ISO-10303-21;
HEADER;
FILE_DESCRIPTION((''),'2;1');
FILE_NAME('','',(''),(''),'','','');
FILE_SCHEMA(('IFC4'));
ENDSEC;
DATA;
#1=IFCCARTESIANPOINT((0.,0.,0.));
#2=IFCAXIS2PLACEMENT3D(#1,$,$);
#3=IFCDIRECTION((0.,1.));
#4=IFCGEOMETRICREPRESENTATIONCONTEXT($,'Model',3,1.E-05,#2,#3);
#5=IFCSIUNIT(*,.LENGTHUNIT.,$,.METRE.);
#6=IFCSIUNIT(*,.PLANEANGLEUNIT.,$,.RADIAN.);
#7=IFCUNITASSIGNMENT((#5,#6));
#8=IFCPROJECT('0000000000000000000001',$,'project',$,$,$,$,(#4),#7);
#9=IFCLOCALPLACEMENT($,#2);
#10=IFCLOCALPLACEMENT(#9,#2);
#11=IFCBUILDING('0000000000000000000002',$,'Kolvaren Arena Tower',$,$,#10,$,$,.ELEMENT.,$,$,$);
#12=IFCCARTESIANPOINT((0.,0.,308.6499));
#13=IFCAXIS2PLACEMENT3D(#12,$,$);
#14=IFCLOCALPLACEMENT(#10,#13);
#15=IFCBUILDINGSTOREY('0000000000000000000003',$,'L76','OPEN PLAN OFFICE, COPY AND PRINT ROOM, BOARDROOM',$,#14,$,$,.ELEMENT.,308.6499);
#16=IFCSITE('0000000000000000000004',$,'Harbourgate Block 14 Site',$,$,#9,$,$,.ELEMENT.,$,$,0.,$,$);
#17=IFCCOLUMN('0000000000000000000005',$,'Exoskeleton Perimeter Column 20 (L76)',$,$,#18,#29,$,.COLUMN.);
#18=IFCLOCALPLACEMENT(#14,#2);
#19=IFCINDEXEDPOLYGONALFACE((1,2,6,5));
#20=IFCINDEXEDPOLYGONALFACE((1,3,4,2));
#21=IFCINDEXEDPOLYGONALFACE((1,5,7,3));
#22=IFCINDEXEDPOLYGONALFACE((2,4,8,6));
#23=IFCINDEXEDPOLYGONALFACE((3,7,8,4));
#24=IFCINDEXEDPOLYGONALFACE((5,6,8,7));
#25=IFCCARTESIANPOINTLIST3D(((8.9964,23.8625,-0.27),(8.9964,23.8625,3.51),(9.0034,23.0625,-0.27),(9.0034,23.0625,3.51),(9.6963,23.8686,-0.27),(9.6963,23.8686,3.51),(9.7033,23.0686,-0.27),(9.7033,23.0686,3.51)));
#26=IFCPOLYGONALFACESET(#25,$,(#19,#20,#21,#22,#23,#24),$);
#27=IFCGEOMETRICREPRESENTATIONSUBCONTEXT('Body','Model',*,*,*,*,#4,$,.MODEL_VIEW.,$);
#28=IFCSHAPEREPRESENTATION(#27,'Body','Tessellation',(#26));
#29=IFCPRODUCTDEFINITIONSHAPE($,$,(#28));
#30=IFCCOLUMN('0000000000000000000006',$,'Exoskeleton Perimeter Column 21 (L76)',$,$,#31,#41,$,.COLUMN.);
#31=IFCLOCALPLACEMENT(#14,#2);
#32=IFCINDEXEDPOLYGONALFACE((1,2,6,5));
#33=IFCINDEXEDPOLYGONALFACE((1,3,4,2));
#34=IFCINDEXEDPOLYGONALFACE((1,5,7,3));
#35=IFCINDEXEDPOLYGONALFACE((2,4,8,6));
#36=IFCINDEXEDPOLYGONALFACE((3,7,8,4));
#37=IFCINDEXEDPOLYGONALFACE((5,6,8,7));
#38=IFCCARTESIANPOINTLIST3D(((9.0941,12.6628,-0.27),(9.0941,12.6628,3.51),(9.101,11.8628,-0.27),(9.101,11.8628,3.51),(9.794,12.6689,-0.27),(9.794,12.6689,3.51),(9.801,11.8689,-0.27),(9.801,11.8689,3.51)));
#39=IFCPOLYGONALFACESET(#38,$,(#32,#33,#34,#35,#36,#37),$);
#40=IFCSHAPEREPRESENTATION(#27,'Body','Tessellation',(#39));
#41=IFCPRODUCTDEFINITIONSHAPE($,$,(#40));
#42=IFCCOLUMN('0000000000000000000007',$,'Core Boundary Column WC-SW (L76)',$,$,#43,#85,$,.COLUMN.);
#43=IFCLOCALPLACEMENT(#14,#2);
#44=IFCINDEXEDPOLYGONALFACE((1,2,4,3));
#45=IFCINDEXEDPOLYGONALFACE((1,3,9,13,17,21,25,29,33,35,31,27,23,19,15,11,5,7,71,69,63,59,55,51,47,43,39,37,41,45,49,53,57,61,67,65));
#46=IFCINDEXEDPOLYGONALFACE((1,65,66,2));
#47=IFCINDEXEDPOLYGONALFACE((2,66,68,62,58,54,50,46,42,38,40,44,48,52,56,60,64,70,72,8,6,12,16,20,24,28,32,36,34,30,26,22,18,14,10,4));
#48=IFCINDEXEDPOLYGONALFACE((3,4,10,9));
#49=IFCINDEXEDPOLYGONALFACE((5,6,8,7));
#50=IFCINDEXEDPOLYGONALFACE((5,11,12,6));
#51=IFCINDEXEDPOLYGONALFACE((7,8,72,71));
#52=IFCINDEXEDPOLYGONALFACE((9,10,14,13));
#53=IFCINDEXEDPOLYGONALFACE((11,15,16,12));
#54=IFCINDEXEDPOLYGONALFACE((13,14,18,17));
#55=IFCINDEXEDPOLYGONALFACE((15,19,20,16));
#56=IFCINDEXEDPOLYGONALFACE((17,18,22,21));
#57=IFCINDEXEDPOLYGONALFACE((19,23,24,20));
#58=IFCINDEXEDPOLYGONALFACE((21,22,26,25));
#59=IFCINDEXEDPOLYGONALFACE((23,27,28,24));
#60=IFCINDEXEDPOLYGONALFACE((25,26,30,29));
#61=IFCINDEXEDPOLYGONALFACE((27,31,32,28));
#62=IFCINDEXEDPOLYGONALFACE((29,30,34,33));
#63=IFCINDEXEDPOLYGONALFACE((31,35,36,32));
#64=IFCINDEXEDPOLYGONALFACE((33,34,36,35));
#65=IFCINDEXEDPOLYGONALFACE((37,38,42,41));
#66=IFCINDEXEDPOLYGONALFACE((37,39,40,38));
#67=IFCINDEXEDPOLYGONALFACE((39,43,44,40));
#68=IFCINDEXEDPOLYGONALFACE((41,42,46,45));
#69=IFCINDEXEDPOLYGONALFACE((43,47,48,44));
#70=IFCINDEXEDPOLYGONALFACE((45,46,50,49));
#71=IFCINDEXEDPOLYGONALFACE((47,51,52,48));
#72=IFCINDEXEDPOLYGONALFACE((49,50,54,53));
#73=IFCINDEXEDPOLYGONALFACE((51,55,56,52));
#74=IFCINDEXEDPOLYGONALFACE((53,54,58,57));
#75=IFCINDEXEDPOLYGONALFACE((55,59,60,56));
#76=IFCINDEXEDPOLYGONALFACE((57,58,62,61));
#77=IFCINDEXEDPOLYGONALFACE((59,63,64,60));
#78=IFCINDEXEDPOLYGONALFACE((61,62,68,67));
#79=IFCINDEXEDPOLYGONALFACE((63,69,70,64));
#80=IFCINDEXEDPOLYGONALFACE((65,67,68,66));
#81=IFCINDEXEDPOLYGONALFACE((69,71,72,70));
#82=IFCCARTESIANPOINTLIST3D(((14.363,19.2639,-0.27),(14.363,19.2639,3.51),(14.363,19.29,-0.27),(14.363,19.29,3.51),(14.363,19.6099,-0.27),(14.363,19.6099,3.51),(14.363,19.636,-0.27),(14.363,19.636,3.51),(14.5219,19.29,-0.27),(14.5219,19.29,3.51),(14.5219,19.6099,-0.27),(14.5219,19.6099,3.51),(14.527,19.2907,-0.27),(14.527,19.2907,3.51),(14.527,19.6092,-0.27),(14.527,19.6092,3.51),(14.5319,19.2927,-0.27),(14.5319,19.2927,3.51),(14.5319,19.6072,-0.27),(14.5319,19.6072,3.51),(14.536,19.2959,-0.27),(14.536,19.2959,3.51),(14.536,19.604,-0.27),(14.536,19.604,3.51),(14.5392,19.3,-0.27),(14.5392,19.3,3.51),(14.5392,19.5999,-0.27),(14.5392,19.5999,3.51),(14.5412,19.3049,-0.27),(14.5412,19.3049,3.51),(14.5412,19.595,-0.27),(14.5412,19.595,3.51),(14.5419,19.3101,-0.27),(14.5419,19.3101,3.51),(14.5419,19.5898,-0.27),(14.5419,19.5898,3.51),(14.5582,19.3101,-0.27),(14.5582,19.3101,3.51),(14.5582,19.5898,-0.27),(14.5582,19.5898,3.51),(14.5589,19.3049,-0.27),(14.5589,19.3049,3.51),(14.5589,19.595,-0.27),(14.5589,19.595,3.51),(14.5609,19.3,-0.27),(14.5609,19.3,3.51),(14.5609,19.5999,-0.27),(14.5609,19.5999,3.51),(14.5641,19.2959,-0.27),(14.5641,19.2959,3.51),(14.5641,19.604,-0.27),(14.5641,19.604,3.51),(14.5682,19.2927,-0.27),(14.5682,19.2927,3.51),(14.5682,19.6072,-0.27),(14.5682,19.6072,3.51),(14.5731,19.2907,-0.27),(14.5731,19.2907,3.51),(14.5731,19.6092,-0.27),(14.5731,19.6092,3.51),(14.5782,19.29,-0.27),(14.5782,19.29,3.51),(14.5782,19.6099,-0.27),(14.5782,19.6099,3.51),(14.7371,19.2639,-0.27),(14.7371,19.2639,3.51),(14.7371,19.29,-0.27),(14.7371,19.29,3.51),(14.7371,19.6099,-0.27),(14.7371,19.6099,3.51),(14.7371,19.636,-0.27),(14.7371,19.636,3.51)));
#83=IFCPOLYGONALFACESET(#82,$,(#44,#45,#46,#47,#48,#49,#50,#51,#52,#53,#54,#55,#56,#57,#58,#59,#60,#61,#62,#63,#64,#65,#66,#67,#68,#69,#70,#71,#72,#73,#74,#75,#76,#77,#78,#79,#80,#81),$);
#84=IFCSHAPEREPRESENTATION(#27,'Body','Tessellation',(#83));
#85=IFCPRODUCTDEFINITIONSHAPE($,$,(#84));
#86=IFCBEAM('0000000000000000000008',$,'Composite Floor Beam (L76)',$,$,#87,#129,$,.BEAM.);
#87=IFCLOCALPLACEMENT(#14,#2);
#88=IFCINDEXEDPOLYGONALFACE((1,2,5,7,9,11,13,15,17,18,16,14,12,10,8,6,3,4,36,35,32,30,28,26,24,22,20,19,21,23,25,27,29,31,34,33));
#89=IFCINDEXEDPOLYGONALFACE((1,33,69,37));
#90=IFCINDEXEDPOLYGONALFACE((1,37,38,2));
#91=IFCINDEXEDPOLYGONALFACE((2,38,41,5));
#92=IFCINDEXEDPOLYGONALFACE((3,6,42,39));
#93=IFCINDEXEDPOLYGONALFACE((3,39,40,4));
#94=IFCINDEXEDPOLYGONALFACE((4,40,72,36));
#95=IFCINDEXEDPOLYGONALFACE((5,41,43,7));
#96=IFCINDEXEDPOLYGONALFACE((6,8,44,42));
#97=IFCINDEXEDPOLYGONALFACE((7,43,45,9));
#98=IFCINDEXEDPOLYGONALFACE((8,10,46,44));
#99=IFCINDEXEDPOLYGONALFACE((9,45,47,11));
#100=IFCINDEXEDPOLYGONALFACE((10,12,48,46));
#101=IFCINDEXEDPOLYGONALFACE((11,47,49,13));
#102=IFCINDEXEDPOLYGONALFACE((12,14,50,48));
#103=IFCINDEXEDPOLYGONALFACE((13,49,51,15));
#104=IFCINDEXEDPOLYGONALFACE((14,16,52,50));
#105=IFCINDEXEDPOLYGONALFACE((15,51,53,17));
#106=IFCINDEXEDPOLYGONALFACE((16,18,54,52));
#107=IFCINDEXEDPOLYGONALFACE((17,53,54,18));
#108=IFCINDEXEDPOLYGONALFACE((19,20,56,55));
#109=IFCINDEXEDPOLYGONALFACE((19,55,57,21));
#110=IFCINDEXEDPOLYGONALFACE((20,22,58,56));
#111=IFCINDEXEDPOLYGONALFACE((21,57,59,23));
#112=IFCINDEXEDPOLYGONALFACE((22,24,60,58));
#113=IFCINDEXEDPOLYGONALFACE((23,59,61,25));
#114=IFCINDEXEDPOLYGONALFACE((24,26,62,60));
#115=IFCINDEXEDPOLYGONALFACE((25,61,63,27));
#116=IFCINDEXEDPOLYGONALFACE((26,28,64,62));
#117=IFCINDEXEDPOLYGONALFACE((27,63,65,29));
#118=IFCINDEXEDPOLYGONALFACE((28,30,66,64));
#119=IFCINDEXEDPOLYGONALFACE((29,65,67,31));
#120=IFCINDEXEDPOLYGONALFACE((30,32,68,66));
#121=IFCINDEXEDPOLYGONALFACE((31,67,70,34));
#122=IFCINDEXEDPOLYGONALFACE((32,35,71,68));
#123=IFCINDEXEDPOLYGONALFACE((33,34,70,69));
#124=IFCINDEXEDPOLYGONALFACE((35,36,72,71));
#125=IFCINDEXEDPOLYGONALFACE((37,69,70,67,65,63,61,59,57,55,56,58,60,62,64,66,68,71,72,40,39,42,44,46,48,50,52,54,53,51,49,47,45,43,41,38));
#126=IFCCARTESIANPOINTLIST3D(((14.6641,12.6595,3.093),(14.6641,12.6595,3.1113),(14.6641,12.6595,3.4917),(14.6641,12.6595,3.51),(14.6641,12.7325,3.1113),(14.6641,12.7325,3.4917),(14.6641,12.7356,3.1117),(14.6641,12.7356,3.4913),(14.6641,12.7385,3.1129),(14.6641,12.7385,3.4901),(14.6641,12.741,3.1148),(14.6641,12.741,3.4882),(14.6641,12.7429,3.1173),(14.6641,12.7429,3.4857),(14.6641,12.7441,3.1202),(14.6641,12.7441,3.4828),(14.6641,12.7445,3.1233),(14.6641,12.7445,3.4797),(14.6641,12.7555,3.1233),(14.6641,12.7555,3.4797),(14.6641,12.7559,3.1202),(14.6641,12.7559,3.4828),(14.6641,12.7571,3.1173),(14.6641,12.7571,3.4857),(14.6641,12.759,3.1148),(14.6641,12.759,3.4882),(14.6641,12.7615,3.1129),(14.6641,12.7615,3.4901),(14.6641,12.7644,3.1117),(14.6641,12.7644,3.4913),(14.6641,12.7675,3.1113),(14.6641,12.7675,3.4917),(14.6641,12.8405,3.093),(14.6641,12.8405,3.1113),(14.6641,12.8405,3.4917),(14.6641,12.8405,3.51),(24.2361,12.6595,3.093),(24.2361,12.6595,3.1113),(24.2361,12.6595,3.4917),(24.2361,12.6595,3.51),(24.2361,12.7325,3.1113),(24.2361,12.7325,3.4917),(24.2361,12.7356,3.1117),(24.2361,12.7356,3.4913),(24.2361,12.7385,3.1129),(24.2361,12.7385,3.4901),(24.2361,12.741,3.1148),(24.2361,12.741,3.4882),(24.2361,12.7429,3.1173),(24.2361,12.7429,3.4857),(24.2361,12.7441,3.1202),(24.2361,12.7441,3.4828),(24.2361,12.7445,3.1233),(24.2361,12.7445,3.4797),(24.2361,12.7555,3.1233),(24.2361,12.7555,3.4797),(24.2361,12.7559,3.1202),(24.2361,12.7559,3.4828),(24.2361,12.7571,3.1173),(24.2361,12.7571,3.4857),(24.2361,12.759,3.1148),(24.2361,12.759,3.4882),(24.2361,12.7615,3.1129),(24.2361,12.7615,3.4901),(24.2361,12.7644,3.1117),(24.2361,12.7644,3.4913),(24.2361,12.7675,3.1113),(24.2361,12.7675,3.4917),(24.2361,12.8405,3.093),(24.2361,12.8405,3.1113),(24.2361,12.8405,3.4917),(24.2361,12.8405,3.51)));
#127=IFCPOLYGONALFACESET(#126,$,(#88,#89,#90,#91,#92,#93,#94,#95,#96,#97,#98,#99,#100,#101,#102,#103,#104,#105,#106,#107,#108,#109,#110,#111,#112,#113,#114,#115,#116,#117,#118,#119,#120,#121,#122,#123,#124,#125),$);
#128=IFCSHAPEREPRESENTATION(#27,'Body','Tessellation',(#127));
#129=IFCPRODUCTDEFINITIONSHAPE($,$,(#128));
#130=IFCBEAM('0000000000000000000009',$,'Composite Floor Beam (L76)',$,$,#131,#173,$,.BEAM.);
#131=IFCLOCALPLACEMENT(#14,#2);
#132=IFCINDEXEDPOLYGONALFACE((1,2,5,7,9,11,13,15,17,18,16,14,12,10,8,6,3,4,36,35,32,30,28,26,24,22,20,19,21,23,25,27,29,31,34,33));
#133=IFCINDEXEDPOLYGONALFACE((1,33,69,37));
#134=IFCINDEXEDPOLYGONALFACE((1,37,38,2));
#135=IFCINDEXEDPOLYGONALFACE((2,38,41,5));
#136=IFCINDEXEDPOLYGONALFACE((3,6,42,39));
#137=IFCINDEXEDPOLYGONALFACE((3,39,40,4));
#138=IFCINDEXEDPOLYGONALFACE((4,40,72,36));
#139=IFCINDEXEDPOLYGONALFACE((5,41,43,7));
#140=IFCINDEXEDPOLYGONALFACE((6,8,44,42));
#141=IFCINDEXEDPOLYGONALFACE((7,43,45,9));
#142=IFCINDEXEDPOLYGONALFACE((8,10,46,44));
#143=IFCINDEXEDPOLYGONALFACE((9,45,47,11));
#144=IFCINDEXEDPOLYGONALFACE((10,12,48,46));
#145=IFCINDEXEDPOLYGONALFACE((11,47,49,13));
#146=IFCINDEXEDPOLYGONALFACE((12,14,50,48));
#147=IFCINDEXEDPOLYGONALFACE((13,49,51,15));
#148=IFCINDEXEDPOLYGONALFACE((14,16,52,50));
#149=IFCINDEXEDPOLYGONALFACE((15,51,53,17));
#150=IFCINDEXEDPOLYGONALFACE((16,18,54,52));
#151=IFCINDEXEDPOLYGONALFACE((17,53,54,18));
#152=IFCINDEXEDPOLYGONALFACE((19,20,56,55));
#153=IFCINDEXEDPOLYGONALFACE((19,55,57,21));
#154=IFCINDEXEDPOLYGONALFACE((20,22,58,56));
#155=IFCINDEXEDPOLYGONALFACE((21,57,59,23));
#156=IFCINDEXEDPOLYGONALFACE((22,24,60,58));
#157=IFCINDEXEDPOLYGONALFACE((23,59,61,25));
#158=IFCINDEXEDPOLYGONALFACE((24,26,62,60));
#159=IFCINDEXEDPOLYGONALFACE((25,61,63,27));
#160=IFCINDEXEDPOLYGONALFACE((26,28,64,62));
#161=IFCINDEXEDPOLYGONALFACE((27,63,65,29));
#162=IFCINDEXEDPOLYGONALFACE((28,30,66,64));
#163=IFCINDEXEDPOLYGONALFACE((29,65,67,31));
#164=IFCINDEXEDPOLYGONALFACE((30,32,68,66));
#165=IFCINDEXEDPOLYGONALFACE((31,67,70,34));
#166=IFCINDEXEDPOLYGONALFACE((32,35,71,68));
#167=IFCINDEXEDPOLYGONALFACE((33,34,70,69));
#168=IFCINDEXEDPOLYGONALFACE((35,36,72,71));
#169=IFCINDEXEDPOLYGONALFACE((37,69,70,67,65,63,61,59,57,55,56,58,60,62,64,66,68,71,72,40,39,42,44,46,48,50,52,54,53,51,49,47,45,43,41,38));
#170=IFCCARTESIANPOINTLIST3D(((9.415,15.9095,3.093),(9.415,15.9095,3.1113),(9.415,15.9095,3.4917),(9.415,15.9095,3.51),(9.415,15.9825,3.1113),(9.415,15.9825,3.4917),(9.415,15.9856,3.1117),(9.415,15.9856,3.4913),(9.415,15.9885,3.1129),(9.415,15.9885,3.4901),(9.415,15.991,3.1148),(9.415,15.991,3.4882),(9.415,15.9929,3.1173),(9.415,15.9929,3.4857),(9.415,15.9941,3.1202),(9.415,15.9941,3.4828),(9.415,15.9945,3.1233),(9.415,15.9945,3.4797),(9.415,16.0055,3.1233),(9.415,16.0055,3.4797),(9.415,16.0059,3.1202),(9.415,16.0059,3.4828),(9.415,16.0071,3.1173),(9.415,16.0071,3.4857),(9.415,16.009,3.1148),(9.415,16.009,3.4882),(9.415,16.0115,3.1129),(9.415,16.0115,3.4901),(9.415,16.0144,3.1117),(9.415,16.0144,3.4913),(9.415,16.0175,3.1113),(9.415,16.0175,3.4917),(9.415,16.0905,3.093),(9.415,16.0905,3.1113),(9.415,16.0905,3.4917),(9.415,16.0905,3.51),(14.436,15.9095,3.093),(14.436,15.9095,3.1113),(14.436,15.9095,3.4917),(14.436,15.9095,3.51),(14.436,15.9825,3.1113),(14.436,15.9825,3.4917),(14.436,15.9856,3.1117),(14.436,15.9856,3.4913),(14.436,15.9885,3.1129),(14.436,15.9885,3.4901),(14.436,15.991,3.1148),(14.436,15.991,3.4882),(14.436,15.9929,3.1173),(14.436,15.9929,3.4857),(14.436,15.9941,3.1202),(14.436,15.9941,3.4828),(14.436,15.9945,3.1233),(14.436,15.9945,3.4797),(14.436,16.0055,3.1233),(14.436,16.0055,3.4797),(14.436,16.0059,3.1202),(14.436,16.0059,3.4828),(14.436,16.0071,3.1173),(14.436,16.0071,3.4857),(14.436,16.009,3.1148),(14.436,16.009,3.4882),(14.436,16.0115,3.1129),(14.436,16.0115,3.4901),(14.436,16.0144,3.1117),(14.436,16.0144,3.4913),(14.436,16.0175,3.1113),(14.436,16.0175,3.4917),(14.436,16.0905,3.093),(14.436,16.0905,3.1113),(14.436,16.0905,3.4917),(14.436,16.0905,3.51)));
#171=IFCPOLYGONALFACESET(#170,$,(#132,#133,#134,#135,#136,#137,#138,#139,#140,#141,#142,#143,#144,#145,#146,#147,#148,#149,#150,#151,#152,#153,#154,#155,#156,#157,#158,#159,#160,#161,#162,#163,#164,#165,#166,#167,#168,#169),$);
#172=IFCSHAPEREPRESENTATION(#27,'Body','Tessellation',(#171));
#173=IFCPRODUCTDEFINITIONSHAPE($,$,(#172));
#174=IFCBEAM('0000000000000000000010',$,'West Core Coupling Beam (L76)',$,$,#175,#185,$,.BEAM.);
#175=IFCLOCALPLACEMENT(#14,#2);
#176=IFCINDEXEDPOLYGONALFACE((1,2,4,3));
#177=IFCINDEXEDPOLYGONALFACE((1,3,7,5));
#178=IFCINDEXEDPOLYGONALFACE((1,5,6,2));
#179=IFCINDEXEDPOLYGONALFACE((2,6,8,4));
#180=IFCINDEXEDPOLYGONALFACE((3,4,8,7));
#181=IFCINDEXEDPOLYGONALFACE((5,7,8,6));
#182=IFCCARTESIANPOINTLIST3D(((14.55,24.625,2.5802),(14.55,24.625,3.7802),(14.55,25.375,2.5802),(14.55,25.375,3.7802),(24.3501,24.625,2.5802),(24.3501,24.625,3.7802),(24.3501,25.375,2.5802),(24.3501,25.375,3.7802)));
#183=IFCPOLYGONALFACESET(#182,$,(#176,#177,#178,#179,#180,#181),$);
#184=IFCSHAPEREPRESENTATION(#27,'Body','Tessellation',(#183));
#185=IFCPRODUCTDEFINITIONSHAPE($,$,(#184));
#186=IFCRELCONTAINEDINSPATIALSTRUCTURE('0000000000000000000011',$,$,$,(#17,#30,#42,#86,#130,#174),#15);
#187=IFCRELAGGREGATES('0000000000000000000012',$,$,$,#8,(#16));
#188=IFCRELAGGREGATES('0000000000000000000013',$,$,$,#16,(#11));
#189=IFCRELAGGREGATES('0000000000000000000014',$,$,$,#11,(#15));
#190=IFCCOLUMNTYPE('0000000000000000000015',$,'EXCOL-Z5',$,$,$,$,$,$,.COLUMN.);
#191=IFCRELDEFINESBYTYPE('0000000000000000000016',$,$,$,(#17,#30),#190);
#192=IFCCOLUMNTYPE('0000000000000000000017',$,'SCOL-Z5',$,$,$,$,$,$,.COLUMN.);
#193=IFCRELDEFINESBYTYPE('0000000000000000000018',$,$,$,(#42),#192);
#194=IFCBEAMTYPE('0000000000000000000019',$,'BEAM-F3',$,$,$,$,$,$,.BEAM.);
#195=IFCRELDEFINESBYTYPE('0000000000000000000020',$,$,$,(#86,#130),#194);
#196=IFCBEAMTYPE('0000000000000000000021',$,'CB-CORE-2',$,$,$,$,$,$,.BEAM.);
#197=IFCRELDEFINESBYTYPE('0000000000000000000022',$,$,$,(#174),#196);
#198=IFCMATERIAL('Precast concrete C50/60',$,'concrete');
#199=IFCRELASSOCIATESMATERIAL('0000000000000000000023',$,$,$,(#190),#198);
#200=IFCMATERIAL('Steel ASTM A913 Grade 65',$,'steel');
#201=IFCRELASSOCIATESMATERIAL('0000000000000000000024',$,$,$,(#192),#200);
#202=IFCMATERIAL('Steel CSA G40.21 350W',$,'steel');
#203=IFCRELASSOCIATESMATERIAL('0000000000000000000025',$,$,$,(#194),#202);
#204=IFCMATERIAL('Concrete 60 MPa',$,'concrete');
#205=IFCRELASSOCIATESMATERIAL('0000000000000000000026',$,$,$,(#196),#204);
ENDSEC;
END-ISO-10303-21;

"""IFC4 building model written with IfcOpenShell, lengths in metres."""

from ifc_helpers import new_model, si_unit, direction, frame, origin, origin_2d, place, context, subcontext, project, spatial, rectangle, i_section, extrude, material, material_profile, profile_set, type_object, element, save


model = new_model("IFC4")

# Units and contexts
model_context = context("Model", 3, precision=1e-05, world=origin(), true_north=direction((0.0, 1.0)))
body_context = subcontext(model_context, "Body", "Model", "MODEL_VIEW")
ifc_project = project(units=[si_unit("LENGTHUNIT", "METRE"), si_unit("PLANEANGLEUNIT", "RADIAN")], contexts=[model_context])

# Site, building, storey
site_placement = place(None, origin())
site = spatial("IfcSite", under=ifc_project, at=site_placement, Name="Harbourgate Block 14 Site", CompositionType="ELEMENT", RefElevation=0.0)
building_placement = place(site_placement, origin())
building = spatial("IfcBuilding", under=site, at=building_placement, Name="Kolvaren Arena Tower", CompositionType="ELEMENT")
storey_placement = place(building_placement, frame((0.0, 0.0, 308.6499)))
storey = spatial("IfcBuildingStorey", under=building, at=storey_placement, Name="L76", Description="OPEN PLAN OFFICE, COPY AND PRINT ROOM, BOARDROOM", CompositionType="ELEMENT", Elevation=308.6499)

# Columns
ifc_material_1 = material(Name="Precast concrete C50/60", Category="concrete")
ifc_material_profile_1 = material_profile(ifc_material_1, rectangle(XDim=0.8, YDim=0.7, at=origin_2d()), Name="RC-800x700")
ifc_profile_set_1 = profile_set([ifc_material_profile_1], Name="Precast concrete C50/60")
column_type_1 = type_object("IfcColumnType", Name="EXCOL-Z5", PredefinedType="COLUMN", material=ifc_profile_set_1)
for number, where, z_axis, x_axis, name in (
    (1, (9.3499, 23.4656, -0.27), (0.0, 0.0, 1.0), (-0.008727, 0.999962, 0.0), "Exoskeleton Perimeter Column 20 (L76)"),
    (2, (9.4475, 12.2659, -0.27), (0.0, 0.0, 1.0), (-0.008727, 0.999962, 0.0), "Exoskeleton Perimeter Column 21 (L76)"),
):
    element("IfcColumn", number, at=place(storey_placement, frame(where, z_axis=z_axis, x_axis=x_axis)), inside=storey, type_object=column_type_1, Name=name, PredefinedType="COLUMN", context=body_context, shape_type="SweptSolid", body=[
        extrude(rectangle(XDim=0.8, YDim=0.7, at=origin_2d()), origin(), (0.0, 0.0, 1.0), 3.78),
    ])
ifc_material_2 = material(Name="Steel ASTM A913 Grade 65", Category="steel")
ifc_material_profile_2 = material_profile(ifc_material_2, i_section(OverallWidth=0.374, OverallDepth=0.3721, WebThickness=0.0164, FlangeThickness=0.0261, FilletRadius=0.02, at=origin_2d()), Name="W360x196")
ifc_profile_set_2 = profile_set([ifc_material_profile_2], Name="Steel ASTM A913 Grade 65")
column_type_2 = type_object("IfcColumnType", Name="SCOL-Z5", PredefinedType="COLUMN", material=ifc_profile_set_2)
column_placement = place(storey_placement, frame((14.55, 19.45, -0.27), z_axis=(0.0, 0.0, 1.0), x_axis=(1.0, 0.0, 0.0)))
element("IfcColumn", 3, at=column_placement, inside=storey, type_object=column_type_2, Name="Core Boundary Column WC-SW (L76)", PredefinedType="COLUMN", context=body_context, shape_type="SweptSolid", body=[
    extrude(i_section(OverallWidth=0.374, OverallDepth=0.3721, WebThickness=0.0164, FlangeThickness=0.0261, FilletRadius=0.02, at=origin_2d()), origin(), (0.0, 0.0, 1.0), 3.78),
])

# Beams
ifc_material_3 = material(Name="Steel CSA G40.21 350W", Category="steel")
ifc_material_profile_3 = material_profile(ifc_material_3, i_section(OverallWidth=0.1809, OverallDepth=0.417, WebThickness=0.011, FlangeThickness=0.0183, FilletRadius=0.012, at=origin_2d()), Name="W410x85")
ifc_profile_set_3 = profile_set([ifc_material_profile_3], Name="Steel CSA G40.21 350W")
beam_type_1 = type_object("IfcBeamType", Name="BEAM-F3", PredefinedType="BEAM", material=ifc_profile_set_3)
beam_1_placement = place(storey_placement, frame((14.6641, 12.75, 3.3015), z_axis=(1.0, 0.0, 0.0), x_axis=(0.0, 1.0, 0.0)))
element("IfcBeam", 4, at=beam_1_placement, inside=storey, type_object=beam_type_1, Name="Composite Floor Beam (L76)", PredefinedType="BEAM", context=body_context, shape_type="SweptSolid", body=[
    extrude(i_section(OverallWidth=0.1809, OverallDepth=0.417, WebThickness=0.011, FlangeThickness=0.0183, FilletRadius=0.012, at=origin_2d()), origin(), (0.0, 0.0, 1.0), 9.572),
])
beam_2_placement = place(storey_placement, frame((9.415, 16.0, 3.3015), z_axis=(1.0, 0.0, 0.0), x_axis=(0.0, 1.0, 0.0)))
element("IfcBeam", 5, at=beam_2_placement, inside=storey, type_object=beam_type_1, Name="Composite Floor Beam (L76)", PredefinedType="BEAM", context=body_context, shape_type="SweptSolid", body=[
    extrude(i_section(OverallWidth=0.1809, OverallDepth=0.417, WebThickness=0.011, FlangeThickness=0.0183, FilletRadius=0.012, at=origin_2d()), origin(), (0.0, 0.0, 1.0), 5.021),
])
ifc_material_4 = material(Name="Concrete 60 MPa", Category="concrete")
ifc_material_profile_4 = material_profile(ifc_material_4, rectangle(XDim=0.75, YDim=1.2, at=origin_2d()), Name="RC-750x1200")
ifc_profile_set_4 = profile_set([ifc_material_profile_4], Name="Concrete 60 MPa")
beam_type_2 = type_object("IfcBeamType", Name="CB-CORE-2", PredefinedType="BEAM", material=ifc_profile_set_4)
beam_3_placement = place(storey_placement, frame((14.55, 25.0, 3.1802), z_axis=(1.0, 0.0, 0.0), x_axis=(0.0, 1.0, 0.0)))
element("IfcBeam", 6, at=beam_3_placement, inside=storey, type_object=beam_type_2, Name="West Core Coupling Beam (L76)", PredefinedType="BEAM", context=body_context, shape_type="SweptSolid", body=[
    extrude(rectangle(XDim=0.75, YDim=1.2, at=origin_2d()), origin(), (0.0, 0.0, 1.0), 9.8),
])

save(model, "model.ifc")
